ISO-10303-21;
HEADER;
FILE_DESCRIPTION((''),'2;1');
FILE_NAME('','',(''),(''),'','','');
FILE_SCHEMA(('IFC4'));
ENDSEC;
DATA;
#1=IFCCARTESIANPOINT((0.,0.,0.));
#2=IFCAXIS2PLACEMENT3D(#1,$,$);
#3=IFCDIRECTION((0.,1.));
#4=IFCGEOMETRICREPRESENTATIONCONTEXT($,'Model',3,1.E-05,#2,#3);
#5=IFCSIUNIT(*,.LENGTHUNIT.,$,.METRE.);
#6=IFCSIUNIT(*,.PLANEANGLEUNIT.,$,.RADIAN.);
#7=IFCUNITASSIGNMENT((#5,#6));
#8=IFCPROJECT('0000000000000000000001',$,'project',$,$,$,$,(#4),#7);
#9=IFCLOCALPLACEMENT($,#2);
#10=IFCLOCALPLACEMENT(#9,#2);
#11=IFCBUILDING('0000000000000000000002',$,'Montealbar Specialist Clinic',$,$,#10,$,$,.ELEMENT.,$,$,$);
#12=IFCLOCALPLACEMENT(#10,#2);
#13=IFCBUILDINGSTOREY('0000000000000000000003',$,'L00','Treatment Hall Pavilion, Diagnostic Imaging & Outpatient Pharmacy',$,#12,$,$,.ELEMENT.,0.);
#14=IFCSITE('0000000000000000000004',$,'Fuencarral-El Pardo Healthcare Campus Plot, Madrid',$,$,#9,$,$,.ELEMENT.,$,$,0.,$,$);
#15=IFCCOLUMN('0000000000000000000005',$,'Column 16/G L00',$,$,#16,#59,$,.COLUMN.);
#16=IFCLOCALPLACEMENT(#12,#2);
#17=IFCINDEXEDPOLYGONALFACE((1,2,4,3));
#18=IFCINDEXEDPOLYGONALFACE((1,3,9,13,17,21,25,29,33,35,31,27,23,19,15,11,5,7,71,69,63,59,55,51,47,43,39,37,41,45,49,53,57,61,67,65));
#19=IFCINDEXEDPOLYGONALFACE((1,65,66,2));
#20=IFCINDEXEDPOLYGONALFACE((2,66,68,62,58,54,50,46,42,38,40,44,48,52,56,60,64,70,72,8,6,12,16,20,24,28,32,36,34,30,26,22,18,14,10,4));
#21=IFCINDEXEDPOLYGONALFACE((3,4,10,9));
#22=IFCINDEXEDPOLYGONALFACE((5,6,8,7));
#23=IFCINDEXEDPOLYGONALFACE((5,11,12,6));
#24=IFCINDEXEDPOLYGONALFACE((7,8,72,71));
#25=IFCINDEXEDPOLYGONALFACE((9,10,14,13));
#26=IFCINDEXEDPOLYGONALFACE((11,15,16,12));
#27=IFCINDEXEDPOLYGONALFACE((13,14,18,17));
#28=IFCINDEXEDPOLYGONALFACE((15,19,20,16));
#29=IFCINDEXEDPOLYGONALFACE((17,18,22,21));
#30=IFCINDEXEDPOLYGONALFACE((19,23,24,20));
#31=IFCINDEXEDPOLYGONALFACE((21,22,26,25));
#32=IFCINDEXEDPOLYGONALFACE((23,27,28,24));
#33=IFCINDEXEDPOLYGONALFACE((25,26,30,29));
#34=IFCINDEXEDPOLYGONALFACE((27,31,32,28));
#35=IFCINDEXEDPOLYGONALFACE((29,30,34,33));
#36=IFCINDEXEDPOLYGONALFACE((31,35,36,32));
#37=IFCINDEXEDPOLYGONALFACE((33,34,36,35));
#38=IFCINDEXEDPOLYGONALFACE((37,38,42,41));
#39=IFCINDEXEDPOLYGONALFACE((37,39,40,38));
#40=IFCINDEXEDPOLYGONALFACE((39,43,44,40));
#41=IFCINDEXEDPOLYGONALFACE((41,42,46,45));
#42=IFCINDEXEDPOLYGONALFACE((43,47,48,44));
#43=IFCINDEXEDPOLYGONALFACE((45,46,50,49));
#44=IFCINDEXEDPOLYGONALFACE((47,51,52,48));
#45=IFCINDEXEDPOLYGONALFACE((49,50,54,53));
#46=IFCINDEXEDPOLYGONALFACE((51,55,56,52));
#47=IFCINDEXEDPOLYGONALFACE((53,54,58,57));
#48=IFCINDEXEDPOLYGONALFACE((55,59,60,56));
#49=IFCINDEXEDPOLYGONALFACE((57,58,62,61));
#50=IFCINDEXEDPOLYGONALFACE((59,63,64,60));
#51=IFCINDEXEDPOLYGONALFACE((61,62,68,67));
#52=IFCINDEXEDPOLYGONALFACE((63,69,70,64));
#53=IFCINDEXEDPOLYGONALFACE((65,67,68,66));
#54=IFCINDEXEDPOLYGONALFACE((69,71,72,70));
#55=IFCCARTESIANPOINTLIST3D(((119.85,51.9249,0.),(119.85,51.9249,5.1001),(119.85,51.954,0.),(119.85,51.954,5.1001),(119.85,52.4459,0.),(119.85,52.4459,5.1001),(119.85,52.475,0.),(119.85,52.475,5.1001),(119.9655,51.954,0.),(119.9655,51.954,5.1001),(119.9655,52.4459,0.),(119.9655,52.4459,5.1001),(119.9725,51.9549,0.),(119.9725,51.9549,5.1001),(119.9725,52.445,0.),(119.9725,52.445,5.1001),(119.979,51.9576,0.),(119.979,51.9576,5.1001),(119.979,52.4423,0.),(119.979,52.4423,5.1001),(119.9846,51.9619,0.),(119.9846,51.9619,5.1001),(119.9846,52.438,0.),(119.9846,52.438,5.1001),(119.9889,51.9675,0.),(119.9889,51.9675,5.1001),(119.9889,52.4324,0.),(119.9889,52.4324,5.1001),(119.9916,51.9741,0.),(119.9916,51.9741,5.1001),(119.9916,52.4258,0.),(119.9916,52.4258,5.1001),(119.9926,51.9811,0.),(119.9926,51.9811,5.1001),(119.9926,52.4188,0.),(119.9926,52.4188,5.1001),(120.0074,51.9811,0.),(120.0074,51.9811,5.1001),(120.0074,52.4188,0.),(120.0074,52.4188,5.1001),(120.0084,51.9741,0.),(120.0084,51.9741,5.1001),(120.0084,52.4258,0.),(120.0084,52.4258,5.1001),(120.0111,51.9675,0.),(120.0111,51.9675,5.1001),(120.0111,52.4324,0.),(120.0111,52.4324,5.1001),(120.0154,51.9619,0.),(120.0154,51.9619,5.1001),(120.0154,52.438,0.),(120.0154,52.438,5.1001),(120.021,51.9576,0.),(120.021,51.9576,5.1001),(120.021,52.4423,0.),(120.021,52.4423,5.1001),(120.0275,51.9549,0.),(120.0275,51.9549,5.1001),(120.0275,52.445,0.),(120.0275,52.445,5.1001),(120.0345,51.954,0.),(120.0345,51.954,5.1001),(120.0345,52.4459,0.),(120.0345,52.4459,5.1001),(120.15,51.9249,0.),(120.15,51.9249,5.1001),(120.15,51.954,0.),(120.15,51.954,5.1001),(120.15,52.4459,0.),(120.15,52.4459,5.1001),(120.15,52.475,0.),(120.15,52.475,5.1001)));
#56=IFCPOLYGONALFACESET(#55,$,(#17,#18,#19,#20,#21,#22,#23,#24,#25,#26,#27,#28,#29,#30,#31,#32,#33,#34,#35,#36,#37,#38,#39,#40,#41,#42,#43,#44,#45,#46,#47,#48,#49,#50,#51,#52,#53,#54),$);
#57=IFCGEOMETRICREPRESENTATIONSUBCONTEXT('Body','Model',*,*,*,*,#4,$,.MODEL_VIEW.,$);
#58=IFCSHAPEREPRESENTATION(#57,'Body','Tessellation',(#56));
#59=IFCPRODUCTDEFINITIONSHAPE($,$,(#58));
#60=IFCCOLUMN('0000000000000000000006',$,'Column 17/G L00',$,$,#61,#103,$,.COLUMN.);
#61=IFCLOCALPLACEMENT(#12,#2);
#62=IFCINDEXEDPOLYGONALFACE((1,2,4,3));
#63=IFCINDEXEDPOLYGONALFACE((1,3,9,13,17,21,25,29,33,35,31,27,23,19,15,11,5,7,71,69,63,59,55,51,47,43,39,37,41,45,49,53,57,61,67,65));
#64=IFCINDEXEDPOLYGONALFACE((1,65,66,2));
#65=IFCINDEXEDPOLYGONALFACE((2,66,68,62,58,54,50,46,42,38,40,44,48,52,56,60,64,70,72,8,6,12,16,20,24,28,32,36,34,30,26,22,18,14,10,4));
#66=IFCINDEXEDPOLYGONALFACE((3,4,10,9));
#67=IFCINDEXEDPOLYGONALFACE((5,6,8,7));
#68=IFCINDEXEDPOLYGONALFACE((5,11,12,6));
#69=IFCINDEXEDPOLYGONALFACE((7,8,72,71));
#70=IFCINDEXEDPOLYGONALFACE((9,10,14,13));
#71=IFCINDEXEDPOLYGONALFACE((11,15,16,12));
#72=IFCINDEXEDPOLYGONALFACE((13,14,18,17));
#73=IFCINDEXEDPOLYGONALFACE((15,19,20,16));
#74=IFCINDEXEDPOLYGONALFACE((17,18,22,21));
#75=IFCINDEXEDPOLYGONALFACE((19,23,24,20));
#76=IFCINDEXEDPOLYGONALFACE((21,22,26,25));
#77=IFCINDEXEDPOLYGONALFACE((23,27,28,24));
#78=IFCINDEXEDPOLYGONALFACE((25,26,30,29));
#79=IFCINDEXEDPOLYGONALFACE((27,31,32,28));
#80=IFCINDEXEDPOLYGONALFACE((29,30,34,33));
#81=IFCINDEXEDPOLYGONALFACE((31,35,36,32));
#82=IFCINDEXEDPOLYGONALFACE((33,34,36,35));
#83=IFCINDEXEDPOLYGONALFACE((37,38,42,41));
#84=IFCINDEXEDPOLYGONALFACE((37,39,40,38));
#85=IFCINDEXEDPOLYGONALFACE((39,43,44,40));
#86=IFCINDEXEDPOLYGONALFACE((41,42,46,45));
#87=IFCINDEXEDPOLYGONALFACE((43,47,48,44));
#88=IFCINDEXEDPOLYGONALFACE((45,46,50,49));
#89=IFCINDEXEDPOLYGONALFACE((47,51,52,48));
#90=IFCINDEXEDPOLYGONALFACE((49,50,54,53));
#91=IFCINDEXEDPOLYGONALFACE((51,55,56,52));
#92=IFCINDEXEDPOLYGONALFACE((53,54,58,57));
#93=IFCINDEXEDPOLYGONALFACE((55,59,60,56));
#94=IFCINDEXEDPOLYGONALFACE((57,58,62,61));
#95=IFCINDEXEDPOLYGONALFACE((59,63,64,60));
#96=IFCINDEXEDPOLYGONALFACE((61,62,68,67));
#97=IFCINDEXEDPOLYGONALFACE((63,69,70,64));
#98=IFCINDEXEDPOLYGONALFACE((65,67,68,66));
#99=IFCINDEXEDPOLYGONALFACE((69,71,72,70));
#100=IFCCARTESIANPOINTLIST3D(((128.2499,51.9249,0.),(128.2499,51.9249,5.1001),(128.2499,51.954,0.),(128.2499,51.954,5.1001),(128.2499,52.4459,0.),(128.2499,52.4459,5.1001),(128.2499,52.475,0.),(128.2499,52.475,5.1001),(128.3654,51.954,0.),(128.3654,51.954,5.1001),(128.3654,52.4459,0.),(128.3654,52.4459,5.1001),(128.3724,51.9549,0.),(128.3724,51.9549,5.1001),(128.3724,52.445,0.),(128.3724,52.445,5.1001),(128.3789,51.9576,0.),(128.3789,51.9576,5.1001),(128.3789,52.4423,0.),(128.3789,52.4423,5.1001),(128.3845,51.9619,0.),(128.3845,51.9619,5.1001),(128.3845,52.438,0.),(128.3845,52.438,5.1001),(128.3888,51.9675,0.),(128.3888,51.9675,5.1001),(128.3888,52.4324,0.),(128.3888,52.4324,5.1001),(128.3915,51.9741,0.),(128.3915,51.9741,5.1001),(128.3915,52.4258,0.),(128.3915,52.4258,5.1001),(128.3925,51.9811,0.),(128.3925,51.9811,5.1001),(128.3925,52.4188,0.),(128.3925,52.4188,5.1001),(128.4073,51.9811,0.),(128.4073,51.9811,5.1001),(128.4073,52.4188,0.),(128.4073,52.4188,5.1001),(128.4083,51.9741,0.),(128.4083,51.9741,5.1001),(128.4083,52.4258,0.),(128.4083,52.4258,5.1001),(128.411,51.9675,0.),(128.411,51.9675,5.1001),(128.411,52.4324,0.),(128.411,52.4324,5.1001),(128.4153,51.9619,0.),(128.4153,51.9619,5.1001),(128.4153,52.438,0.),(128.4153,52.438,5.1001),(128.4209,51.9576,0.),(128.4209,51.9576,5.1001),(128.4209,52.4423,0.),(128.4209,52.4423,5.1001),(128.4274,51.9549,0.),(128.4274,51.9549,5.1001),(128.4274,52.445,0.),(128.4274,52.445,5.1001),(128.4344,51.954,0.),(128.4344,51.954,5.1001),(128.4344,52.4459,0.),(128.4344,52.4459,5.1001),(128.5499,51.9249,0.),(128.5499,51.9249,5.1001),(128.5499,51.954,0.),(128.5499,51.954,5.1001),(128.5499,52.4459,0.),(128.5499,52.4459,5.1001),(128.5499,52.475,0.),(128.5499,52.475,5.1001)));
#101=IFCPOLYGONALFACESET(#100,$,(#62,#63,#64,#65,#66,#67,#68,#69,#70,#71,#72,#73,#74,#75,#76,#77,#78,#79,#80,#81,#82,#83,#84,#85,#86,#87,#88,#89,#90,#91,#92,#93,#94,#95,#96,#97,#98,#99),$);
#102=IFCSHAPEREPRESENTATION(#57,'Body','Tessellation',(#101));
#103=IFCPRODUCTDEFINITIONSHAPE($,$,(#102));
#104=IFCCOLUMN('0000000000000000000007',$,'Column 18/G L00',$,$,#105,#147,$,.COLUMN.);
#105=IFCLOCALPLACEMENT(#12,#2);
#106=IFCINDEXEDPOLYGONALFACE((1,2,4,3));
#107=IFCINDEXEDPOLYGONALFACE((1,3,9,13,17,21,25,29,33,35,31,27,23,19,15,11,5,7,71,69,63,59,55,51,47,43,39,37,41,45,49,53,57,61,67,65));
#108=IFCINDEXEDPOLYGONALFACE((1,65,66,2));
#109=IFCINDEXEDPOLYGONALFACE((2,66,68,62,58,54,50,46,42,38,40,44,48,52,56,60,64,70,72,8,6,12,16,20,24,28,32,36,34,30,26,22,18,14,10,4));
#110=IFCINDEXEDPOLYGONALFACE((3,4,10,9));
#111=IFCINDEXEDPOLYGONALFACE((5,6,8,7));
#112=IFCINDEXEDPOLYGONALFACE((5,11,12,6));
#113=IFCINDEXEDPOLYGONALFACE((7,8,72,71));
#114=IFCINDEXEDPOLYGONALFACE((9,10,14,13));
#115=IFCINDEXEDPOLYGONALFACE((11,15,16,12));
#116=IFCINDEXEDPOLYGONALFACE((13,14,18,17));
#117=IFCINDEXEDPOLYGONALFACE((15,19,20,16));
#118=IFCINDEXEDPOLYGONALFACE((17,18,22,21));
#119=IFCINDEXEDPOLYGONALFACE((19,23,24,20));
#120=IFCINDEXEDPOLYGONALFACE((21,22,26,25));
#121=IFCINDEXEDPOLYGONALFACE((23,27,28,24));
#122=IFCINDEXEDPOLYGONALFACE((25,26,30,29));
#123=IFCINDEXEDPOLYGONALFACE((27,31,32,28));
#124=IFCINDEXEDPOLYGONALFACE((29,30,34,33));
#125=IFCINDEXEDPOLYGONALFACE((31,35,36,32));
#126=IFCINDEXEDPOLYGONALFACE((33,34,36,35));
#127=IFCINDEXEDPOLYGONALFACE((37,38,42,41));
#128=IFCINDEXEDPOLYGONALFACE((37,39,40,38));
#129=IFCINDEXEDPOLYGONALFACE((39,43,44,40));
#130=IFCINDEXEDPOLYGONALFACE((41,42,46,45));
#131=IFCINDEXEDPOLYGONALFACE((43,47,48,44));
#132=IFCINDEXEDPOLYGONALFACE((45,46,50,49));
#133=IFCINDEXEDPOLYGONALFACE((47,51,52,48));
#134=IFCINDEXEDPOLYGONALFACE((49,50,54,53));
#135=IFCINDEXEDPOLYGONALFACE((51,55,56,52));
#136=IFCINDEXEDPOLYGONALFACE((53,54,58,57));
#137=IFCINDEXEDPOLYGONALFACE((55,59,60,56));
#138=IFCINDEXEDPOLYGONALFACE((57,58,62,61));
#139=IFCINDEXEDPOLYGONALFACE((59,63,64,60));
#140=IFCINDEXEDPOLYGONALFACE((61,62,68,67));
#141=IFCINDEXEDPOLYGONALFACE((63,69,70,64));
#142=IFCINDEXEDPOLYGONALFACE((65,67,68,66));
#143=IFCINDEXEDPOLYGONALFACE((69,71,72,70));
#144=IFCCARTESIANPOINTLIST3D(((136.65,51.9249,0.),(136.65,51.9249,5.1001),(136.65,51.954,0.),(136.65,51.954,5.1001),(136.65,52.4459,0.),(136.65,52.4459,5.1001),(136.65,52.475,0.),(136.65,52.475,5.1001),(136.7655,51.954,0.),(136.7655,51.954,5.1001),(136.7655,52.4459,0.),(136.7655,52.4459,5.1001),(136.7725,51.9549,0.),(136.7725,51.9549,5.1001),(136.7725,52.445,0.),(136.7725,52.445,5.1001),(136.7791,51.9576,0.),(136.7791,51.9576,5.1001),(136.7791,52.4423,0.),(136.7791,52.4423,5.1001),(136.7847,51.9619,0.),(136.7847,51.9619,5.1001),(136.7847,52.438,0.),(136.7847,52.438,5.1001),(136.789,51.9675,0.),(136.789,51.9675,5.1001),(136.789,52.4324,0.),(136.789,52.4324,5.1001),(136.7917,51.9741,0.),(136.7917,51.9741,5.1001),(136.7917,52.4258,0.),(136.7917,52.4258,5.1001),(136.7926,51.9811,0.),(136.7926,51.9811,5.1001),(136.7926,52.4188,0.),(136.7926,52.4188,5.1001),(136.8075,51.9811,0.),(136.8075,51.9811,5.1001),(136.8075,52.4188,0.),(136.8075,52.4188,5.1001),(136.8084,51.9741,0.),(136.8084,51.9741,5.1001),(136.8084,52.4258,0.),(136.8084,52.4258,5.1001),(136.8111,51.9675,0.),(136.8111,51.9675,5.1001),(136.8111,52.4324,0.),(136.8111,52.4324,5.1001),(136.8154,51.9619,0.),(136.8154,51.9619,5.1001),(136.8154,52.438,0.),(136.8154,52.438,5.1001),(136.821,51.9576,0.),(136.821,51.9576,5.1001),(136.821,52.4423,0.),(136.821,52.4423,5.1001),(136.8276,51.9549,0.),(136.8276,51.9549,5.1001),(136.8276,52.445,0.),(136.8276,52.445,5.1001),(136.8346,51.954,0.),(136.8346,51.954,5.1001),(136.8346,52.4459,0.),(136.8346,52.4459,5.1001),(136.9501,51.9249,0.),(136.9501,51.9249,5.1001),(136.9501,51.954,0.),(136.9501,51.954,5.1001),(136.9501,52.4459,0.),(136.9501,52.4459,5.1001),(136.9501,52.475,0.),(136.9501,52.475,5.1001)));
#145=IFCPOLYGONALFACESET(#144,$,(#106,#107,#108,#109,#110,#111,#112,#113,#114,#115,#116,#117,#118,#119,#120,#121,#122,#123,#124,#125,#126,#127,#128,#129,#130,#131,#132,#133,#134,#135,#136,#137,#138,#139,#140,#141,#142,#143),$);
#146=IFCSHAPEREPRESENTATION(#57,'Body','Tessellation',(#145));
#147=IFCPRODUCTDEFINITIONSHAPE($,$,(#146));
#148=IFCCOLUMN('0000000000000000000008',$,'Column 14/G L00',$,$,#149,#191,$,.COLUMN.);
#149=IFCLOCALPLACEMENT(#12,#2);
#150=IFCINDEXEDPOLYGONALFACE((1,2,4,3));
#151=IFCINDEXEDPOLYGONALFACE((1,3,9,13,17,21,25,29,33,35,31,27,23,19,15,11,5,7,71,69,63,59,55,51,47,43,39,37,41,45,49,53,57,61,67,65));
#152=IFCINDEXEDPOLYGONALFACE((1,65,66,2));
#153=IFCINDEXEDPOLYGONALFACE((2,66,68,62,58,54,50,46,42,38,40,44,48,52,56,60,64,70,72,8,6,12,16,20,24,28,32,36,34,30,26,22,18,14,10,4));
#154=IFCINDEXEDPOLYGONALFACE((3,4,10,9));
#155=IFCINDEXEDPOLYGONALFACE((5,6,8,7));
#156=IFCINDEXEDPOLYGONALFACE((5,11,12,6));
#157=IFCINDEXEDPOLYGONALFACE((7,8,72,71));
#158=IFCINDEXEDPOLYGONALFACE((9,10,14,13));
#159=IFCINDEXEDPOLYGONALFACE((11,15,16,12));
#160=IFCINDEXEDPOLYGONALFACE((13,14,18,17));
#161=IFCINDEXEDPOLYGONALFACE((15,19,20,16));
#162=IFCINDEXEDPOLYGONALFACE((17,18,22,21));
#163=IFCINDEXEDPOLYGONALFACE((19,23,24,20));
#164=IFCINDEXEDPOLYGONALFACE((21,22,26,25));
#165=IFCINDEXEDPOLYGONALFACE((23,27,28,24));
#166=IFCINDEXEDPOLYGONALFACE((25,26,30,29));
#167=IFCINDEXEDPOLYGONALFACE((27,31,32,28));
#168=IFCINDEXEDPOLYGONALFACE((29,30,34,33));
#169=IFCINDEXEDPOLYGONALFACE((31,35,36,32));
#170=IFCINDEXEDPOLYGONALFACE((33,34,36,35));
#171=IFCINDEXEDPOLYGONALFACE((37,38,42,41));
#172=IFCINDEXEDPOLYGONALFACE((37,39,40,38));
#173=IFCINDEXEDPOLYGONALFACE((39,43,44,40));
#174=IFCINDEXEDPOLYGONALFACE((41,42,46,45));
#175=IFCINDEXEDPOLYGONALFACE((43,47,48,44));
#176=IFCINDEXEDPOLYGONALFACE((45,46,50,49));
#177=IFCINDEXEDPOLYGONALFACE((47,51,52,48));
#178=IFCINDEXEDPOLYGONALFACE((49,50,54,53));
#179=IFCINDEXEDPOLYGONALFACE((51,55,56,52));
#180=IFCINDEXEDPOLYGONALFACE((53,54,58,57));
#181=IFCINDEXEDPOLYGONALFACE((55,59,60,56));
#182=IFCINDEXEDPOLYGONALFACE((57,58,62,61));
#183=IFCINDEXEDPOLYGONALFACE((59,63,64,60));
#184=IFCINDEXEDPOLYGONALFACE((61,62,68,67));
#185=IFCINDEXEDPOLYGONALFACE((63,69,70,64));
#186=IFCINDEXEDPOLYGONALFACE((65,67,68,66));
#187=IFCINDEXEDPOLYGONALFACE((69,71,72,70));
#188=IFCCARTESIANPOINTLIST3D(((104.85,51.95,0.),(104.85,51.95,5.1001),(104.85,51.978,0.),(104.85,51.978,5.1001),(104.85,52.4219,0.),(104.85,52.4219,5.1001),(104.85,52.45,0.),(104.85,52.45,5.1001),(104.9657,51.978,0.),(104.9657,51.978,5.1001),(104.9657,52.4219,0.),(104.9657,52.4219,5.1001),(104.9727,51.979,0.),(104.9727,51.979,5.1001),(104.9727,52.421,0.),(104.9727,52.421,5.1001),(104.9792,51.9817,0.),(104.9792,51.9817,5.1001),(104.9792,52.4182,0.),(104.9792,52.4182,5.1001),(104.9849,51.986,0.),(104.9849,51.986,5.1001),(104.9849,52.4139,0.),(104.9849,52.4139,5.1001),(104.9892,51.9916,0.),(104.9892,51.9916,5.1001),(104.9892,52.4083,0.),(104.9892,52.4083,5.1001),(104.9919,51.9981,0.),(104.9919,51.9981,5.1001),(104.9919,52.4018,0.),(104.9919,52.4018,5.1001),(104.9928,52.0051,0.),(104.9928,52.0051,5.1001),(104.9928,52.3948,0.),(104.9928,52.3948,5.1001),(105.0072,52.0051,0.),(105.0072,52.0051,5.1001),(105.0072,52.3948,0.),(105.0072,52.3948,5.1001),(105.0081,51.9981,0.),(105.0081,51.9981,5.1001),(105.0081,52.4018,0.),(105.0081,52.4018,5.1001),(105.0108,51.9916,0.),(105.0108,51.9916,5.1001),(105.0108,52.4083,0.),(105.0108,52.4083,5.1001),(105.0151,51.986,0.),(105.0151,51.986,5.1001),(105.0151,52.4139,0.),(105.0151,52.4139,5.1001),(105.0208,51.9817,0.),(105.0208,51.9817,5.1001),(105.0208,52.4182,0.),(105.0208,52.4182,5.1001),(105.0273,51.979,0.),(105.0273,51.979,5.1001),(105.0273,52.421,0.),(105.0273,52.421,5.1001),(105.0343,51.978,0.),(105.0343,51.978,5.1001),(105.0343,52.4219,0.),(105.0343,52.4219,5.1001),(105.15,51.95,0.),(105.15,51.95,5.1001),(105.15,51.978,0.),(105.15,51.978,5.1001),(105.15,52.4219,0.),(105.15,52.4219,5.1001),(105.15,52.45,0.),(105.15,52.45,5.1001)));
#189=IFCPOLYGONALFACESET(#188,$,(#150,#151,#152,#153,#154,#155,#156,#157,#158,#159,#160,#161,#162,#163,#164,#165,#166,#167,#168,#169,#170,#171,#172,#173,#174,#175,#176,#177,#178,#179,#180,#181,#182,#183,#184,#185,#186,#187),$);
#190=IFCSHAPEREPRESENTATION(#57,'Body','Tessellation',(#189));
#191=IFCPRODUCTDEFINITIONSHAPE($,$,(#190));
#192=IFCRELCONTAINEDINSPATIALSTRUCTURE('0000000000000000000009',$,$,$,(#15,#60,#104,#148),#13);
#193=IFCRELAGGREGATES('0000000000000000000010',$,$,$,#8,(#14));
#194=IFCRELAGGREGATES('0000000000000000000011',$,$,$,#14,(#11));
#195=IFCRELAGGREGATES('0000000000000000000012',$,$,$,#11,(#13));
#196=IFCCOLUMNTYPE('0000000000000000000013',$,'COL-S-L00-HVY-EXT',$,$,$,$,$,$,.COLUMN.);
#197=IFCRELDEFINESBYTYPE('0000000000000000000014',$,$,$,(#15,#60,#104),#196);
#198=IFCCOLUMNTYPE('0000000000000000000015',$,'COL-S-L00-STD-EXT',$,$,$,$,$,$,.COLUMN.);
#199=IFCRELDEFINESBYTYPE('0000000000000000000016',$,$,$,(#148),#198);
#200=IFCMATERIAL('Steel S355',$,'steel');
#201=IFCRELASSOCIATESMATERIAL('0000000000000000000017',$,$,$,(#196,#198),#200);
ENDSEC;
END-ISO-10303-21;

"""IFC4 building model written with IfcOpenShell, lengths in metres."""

from ifc_helpers import new_model, si_unit, direction, frame, origin, origin_2d, place, context, subcontext, project, spatial, i_section, extrude, material, material_profile, profile_set, type_object, element, save


model = new_model("IFC4")

# Units and contexts
model_context = context("Model", 3, precision=1e-05, world=origin(), true_north=direction((0.0, 1.0)))
body_context = subcontext(model_context, "Body", "Model", "MODEL_VIEW")
ifc_project = project(units=[si_unit("LENGTHUNIT", "METRE"), si_unit("PLANEANGLEUNIT", "RADIAN")], contexts=[model_context])

# Site, building, storey
site_placement = place(None, origin())
site = spatial("IfcSite", under=ifc_project, at=site_placement, Name="Fuencarral-El Pardo Healthcare Campus Plot, Madrid", CompositionType="ELEMENT", RefElevation=0.0)
building_placement = place(site_placement, origin())
building = spatial("IfcBuilding", under=site, at=building_placement, Name="Montealbar Specialist Clinic", CompositionType="ELEMENT")
storey_placement = place(building_placement, origin())
storey = spatial("IfcBuildingStorey", under=building, at=storey_placement, Name="L00", Description="Treatment Hall Pavilion, Diagnostic Imaging & Outpatient Pharmacy", CompositionType="ELEMENT", Elevation=0.0)

# Columns
ifc_material_1 = material(Name="Steel S355", Category="steel")
ifc_material_profile_1 = material_profile(ifc_material_1, i_section(OverallWidth=0.3, OverallDepth=0.55, WebThickness=0.0149, FlangeThickness=0.0291, FilletRadius=0.0271, at=origin_2d()), Name="HEB 550", Category="steel")
ifc_profile_set_1 = profile_set([ifc_material_profile_1], Name="Steel S355")
column_type_1 = type_object("IfcColumnType", Name="COL-S-L00-HVY-EXT", PredefinedType="COLUMN", material=ifc_profile_set_1)
for number, where, z_axis, x_axis, name in (
    (1, (120.0, 52.2, 0.0), (0.0, 0.0, 1.0), (1.0, 0.0, 0.0), "Column 16/G L00"),
    (2, (128.3999, 52.2, 0.0), (0.0, 0.0, 1.0), (1.0, 0.0, 0.0), "Column 17/G L00"),
    (3, (136.8, 52.2, 0.0), (0.0, 0.0, 1.0), (1.0, 0.0, 0.0), "Column 18/G L00"),
):
    element("IfcColumn", number, at=place(storey_placement, frame(where, z_axis=z_axis, x_axis=x_axis)), inside=storey, type_object=column_type_1, Name=name, PredefinedType="COLUMN", context=body_context, shape_type="SweptSolid", body=[
        extrude(i_section(OverallWidth=0.3, OverallDepth=0.55, WebThickness=0.0149, FlangeThickness=0.0291, FilletRadius=0.0271, at=origin_2d()), origin(), (0.0, 0.0, 1.0), 5.1001),
    ])
ifc_material_profile_2 = material_profile(ifc_material_1, i_section(OverallWidth=0.3, OverallDepth=0.5, WebThickness=0.0144, FlangeThickness=0.0281, FilletRadius=0.0271, at=origin_2d()), Name="HEB 500", Category="steel")
ifc_profile_set_2 = profile_set([ifc_material_profile_2], Name="Steel S355")
column_type_2 = type_object("IfcColumnType", Name="COL-S-L00-STD-EXT", PredefinedType="COLUMN", material=ifc_profile_set_2)
for number, where, z_axis, x_axis, name in (
    (4, (105.0, 52.2, 0.0), (0.0, 0.0, 1.0), (1.0, 0.0, 0.0), "Column 14/G L00"),
):
    element("IfcColumn", number, at=place(storey_placement, frame(where, z_axis=z_axis, x_axis=x_axis)), inside=storey, type_object=column_type_2, Name=name, PredefinedType="COLUMN", context=body_context, shape_type="SweptSolid", body=[
        extrude(i_section(OverallWidth=0.3, OverallDepth=0.5, WebThickness=0.0144, FlangeThickness=0.0281, FilletRadius=0.0271, at=origin_2d()), origin(), (0.0, 0.0, 1.0), 5.1001),
    ])

save(model, "model.ifc")
